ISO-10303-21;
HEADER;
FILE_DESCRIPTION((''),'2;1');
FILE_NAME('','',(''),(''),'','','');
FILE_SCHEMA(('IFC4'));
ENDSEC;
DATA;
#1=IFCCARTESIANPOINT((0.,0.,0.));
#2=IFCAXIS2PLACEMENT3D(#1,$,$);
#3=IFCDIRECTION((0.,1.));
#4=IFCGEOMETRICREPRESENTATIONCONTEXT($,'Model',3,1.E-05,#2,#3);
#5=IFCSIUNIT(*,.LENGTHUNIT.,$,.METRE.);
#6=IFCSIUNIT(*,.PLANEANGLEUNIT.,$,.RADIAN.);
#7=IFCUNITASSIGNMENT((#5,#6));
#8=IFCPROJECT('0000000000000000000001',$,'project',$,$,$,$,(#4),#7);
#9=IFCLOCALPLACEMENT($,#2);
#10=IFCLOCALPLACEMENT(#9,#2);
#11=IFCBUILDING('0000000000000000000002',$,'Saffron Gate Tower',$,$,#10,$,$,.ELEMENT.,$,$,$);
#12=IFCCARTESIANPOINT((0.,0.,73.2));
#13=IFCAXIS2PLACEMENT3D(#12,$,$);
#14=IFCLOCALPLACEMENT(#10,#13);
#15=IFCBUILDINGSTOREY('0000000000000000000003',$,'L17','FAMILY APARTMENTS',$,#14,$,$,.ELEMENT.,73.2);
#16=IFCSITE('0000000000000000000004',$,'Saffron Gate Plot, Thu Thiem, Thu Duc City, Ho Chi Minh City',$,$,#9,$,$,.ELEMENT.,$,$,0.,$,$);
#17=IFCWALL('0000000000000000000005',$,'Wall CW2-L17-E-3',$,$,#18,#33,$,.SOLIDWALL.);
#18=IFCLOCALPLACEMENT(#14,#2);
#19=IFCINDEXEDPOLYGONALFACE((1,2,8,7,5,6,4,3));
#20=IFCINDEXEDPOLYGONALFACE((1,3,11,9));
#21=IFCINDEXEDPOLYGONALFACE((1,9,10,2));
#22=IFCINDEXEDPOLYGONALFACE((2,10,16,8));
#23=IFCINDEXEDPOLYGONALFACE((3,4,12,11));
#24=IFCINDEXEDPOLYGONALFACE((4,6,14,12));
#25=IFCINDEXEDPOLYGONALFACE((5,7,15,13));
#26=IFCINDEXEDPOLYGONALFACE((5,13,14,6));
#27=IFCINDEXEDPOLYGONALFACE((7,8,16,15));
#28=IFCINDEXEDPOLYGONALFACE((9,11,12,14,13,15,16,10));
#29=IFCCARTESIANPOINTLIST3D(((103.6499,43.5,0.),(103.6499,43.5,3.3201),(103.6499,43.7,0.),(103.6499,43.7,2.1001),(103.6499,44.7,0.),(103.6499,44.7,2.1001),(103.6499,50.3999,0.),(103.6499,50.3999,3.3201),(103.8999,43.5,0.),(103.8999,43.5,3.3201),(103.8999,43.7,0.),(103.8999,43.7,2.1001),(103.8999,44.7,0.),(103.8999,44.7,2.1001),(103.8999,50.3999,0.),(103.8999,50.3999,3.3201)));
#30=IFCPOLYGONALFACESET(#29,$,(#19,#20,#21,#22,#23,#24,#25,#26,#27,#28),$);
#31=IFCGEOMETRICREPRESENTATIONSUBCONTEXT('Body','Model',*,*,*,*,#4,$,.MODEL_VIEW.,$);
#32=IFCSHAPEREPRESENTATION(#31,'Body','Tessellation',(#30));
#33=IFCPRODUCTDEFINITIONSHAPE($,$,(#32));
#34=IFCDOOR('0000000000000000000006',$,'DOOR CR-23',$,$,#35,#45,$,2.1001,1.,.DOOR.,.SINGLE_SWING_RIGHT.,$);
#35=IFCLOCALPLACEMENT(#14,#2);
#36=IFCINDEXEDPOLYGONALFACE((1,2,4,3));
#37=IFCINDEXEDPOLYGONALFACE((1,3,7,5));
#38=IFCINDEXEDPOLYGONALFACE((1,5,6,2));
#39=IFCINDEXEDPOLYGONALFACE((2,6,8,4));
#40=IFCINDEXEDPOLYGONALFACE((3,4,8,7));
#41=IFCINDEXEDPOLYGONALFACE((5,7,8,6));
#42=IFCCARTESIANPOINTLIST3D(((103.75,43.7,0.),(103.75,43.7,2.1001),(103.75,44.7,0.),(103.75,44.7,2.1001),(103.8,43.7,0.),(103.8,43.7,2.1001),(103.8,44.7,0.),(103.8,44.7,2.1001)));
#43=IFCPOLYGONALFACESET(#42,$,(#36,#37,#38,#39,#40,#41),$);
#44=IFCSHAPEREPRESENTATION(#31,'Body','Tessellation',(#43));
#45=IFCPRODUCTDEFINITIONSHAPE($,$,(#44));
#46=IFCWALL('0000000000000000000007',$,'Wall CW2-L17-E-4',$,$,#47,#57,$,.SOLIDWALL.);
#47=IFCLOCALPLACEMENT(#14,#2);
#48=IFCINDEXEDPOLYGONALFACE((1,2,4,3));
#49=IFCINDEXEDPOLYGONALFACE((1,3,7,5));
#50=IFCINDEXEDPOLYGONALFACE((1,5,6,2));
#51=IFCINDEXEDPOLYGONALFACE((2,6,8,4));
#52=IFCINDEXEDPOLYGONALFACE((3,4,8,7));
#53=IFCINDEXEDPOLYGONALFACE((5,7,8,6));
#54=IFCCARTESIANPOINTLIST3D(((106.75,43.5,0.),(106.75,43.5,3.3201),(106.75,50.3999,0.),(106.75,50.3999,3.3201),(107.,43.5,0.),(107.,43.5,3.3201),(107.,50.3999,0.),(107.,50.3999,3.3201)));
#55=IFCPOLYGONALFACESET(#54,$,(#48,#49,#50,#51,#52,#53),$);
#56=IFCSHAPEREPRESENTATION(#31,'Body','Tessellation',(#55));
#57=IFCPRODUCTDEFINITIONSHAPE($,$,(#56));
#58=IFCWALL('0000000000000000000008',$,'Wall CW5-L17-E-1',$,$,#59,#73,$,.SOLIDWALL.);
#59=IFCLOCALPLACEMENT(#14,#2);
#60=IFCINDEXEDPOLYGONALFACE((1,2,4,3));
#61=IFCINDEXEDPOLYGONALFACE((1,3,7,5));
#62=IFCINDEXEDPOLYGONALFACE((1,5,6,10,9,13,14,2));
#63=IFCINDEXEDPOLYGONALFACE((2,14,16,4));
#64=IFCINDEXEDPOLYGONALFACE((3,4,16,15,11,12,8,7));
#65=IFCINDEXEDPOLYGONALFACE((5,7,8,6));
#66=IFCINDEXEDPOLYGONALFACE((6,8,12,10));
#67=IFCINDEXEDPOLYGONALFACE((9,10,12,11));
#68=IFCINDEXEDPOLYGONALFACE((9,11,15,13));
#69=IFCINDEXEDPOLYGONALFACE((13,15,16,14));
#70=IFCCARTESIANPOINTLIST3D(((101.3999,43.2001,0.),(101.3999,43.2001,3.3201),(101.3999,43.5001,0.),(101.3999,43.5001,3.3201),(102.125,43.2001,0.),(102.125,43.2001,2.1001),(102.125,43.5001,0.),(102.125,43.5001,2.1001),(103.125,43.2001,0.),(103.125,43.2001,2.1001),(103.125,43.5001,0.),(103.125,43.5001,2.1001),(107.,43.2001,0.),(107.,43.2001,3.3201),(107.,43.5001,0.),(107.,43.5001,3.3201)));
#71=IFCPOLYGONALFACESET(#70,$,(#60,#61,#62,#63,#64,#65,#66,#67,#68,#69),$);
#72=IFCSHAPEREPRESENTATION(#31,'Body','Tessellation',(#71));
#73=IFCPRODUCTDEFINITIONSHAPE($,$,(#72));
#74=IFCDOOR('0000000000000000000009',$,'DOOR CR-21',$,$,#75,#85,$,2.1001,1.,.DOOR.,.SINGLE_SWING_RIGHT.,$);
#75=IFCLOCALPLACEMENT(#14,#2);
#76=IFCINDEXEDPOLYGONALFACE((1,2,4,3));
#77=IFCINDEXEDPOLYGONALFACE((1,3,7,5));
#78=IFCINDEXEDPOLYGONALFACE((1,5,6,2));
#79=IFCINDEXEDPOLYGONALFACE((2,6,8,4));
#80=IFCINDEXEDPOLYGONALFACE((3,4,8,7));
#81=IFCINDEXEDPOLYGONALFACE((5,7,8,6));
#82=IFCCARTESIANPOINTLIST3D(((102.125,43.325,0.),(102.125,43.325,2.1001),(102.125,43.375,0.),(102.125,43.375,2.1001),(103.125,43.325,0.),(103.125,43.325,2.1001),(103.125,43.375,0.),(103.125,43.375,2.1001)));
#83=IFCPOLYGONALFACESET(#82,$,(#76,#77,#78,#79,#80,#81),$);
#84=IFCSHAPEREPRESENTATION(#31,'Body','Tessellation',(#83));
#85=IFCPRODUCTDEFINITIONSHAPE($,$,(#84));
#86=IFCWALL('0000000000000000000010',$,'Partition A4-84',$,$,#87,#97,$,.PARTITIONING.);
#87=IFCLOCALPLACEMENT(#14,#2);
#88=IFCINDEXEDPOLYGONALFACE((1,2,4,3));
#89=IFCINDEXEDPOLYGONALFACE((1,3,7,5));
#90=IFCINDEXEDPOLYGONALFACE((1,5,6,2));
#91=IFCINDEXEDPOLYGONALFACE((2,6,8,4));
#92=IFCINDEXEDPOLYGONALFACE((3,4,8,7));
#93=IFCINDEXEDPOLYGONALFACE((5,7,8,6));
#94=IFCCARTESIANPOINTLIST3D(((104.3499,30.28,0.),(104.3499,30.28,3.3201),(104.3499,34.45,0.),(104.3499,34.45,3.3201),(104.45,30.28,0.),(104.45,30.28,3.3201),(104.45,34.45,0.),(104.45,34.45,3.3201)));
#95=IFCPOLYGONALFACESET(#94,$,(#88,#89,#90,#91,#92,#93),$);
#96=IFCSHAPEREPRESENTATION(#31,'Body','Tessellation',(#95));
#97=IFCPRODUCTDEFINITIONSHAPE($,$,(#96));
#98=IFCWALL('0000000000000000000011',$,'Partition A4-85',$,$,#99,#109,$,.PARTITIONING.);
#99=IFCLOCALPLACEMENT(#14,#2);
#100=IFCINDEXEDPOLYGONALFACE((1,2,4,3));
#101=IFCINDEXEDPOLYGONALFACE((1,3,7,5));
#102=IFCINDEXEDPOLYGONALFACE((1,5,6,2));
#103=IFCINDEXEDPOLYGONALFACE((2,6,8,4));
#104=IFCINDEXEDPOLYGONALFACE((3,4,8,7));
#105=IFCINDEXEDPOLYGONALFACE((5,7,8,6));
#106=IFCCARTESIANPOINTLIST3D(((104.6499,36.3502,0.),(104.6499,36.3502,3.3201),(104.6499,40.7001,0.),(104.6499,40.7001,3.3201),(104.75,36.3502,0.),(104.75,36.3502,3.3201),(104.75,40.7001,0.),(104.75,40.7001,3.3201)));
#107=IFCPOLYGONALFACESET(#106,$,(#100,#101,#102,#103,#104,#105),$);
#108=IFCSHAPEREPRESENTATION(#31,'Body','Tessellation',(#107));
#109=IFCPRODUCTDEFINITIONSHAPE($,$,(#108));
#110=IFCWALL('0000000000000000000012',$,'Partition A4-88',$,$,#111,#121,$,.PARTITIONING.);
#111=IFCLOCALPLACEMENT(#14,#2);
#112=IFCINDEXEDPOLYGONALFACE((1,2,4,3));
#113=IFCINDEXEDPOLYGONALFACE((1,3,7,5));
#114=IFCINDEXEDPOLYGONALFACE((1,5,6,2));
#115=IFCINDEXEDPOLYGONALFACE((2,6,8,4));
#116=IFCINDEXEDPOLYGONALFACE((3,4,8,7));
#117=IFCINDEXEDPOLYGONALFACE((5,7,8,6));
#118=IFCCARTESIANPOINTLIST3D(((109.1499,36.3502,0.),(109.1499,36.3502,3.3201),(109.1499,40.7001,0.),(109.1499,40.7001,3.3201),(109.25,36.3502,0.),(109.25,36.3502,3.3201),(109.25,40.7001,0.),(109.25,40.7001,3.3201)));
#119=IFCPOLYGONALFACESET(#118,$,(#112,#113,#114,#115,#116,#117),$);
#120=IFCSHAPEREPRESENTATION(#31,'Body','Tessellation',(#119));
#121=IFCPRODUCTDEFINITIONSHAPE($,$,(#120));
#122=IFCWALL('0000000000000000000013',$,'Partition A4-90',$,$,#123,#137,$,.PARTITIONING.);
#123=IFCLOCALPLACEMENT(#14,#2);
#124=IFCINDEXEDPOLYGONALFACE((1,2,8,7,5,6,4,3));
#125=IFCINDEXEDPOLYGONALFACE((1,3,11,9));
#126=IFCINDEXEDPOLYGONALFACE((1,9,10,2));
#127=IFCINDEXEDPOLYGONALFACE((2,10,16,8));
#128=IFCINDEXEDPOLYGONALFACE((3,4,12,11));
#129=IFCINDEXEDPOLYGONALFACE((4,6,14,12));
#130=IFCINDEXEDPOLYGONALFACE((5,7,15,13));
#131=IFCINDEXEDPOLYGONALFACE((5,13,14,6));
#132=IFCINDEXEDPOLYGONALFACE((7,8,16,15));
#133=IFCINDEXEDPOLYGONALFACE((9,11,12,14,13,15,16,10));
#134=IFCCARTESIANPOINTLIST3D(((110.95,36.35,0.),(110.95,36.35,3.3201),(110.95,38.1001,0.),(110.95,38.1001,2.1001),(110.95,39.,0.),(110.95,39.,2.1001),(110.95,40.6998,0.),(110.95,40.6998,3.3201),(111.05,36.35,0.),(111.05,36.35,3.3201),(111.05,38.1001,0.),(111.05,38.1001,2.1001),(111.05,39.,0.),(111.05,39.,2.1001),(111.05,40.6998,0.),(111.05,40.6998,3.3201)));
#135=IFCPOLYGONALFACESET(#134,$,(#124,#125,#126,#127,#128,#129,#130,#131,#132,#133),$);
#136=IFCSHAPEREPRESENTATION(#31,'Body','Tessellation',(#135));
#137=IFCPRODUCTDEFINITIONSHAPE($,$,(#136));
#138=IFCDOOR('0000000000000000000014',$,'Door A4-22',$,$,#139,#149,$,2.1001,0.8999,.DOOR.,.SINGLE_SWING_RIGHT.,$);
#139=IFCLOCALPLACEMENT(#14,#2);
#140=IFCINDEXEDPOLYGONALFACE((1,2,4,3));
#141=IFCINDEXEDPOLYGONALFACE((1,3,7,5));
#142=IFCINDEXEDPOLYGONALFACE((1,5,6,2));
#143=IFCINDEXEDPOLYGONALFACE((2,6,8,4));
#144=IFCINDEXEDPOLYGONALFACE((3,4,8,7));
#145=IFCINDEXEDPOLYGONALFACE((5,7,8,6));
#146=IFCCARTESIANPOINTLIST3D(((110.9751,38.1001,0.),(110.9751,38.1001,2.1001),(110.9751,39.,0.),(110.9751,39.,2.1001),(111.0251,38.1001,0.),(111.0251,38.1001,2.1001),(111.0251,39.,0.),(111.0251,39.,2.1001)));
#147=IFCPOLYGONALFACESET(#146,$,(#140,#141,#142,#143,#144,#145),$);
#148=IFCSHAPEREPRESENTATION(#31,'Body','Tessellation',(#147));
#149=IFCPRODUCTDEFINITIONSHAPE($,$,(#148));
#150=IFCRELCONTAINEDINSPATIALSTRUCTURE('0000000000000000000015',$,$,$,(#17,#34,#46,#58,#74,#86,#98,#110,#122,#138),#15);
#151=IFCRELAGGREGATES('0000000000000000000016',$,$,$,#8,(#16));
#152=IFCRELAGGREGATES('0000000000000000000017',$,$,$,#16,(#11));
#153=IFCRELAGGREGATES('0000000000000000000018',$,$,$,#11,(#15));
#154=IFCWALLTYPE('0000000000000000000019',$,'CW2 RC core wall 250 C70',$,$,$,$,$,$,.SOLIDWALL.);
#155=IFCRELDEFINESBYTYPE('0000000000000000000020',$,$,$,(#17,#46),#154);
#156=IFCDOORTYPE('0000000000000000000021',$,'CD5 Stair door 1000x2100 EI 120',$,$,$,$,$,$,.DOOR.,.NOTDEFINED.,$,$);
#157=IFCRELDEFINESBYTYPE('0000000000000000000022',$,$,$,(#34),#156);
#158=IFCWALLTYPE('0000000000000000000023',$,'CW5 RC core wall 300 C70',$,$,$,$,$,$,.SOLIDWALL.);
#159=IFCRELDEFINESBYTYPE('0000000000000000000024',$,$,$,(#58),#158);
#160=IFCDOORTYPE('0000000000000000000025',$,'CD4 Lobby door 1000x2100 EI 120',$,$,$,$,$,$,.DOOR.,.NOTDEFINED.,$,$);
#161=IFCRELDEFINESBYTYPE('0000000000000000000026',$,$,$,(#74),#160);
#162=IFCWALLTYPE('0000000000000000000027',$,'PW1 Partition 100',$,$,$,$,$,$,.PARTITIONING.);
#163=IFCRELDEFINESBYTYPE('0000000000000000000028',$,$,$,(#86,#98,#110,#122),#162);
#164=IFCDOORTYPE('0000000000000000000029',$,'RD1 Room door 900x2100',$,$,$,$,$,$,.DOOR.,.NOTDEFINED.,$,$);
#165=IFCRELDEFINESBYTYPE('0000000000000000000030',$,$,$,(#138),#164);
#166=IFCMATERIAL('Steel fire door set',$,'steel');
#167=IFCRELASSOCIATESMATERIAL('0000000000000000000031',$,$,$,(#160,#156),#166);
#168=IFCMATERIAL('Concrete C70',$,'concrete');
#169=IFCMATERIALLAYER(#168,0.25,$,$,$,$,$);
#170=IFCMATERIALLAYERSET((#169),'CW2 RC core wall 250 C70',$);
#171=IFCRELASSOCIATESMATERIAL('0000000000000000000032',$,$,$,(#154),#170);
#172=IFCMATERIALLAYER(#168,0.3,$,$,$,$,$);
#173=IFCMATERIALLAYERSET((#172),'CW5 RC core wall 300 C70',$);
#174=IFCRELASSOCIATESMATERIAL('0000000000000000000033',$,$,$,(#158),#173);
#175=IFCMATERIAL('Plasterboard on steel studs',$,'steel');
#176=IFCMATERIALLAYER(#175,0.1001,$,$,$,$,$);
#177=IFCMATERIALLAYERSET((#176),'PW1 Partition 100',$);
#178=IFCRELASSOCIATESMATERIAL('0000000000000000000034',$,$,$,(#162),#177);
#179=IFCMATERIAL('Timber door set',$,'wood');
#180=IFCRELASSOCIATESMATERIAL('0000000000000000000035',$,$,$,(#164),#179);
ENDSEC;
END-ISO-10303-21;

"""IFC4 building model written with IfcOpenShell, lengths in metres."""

from ifc_helpers import new_model, si_unit, direction, frame, frame_2d, origin, place, context, subcontext, project, spatial, rectangle, extrude, material, layer, layer_set, type_object, element, fill, save


model = new_model("IFC4")

# Units and contexts
model_context = context("Model", 3, precision=1e-05, world=origin(), true_north=direction((0.0, 1.0)))
body_context = subcontext(model_context, "Body", "Model", "MODEL_VIEW")
ifc_project = project(units=[si_unit("LENGTHUNIT", "METRE"), si_unit("PLANEANGLEUNIT", "RADIAN")], contexts=[model_context])

# Site, building, storey
site_placement = place(None, origin())
site = spatial("IfcSite", under=ifc_project, at=site_placement, Name="Saffron Gate Plot, Thu Thiem, Thu Duc City, Ho Chi Minh City", CompositionType="ELEMENT", RefElevation=0.0)
building_placement = place(site_placement, origin())
building = spatial("IfcBuilding", under=site, at=building_placement, Name="Saffron Gate Tower", CompositionType="ELEMENT")
storey_placement = place(building_placement, frame((0.0, 0.0, 73.2)))
storey = spatial("IfcBuildingStorey", under=building, at=storey_placement, Name="L17", Description="FAMILY APARTMENTS", CompositionType="ELEMENT", Elevation=73.2)

# Wall, opening, door
ifc_material_1 = material(Name="Steel fire door set", Category="steel")
door_type_1 = type_object("IfcDoorType", Name="CD4 Lobby door 1000x2100 EI 120", OperationType="NOTDEFINED", PredefinedType="DOOR", material=ifc_material_1)
ifc_material_2 = material(Name="Concrete C70", Category="concrete")
ifc_layer_1 = layer(ifc_material_2, 0.25)
ifc_layer_set_1 = layer_set([ifc_layer_1], Name="CW2 RC core wall 250 C70")
wall_type_1 = type_object("IfcWallType", Name="CW2 RC core wall 250 C70", PredefinedType="SOLIDWALL", material=ifc_layer_set_1)
wall_1_placement = place(storey_placement, frame((103.7749, 43.5, 0.0), z_axis=(0.0, 0.0, 1.0), x_axis=(0.0, 1.0, 0.0)))
wall_1 = element("IfcWall", 1, at=wall_1_placement, inside=storey, type_object=wall_type_1, Name="Wall CW2-L17-E-3", PredefinedType="SOLIDWALL", context=body_context, shape_type="SweptSolid", body=[
    extrude(rectangle(XDim=6.8999, YDim=0.25, at=frame_2d((3.45, 0.0))), origin(), (0.0, 0.0, 1.0), 3.3201),
])
opening_1_placement = place(wall_1_placement, frame((0.2, 0.0, 0.0)))
opening_1 = element("IfcOpeningElement", 2, at=opening_1_placement, cuts=wall_1, PredefinedType="OPENING", context=body_context, shape_type="SweptSolid", body=[
    extrude(rectangle(XDim=1.0, YDim=2.1001, at=frame_2d((0.5, 1.05))), frame((0.0, 0.135, 0.0), z_axis=(0.0, -1.0, 0.0), x_axis=(1.0, 0.0, 0.0)), (0.0, 0.0, 1.0), 0.27),
])
door_type_2 = type_object("IfcDoorType", Name="CD5 Stair door 1000x2100 EI 120", OperationType="NOTDEFINED", PredefinedType="DOOR", material=ifc_material_1)
door_1_placement = place(opening_1_placement, origin())
door_1 = element("IfcDoor", 3, at=door_1_placement, inside=storey, type_object=door_type_2, Name="DOOR CR-23", OperationType="SINGLE_SWING_RIGHT", OverallHeight=2.1001, OverallWidth=1.0, PredefinedType="DOOR", context=body_context, shape_type="SweptSolid", body=[
    extrude(rectangle(XDim=1.0, YDim=2.1001, at=frame_2d((0.5, 1.05))), frame((0.0, 0.0249, 0.0), z_axis=(0.0, -1.0, 0.0), x_axis=(1.0, 0.0, 0.0)), (0.0, 0.0, 1.0), 0.05),
])
fill(opening_1, door_1)

# Wall
wall_2_placement = place(storey_placement, frame((106.875, 43.5, 0.0), z_axis=(0.0, 0.0, 1.0), x_axis=(0.0, 1.0, 0.0)))
element("IfcWall", 4, at=wall_2_placement, inside=storey, type_object=wall_type_1, Name="Wall CW2-L17-E-4", PredefinedType="SOLIDWALL", context=body_context, shape_type="SweptSolid", body=[
    extrude(rectangle(XDim=6.8999, YDim=0.25, at=frame_2d((3.45, 0.0))), origin(), (0.0, 0.0, 1.0), 3.3201),
])

# Wall, opening, door
ifc_layer_2 = layer(ifc_material_2, 0.3)
ifc_layer_set_2 = layer_set([ifc_layer_2], Name="CW5 RC core wall 300 C70")
wall_type_2 = type_object("IfcWallType", Name="CW5 RC core wall 300 C70", PredefinedType="SOLIDWALL", material=ifc_layer_set_2)
wall_3_placement = place(storey_placement, frame((101.3999, 43.3501, 0.0), z_axis=(0.0, 0.0, 1.0), x_axis=(1.0, 0.0, 0.0)))
wall_3 = element("IfcWall", 5, at=wall_3_placement, inside=storey, type_object=wall_type_2, Name="Wall CW5-L17-E-1", PredefinedType="SOLIDWALL", context=body_context, shape_type="SweptSolid", body=[
    extrude(rectangle(XDim=5.6001, YDim=0.3, at=frame_2d((2.8, 0.0))), origin(), (0.0, 0.0, 1.0), 3.3201),
])
opening_2_placement = place(wall_3_placement, frame((0.7251, 0.0, 0.0)))
opening_2 = element("IfcOpeningElement", 6, at=opening_2_placement, cuts=wall_3, PredefinedType="OPENING", context=body_context, shape_type="SweptSolid", body=[
    extrude(rectangle(XDim=1.0, YDim=2.1001, at=frame_2d((0.5, 1.05))), frame((0.0, 0.1602, 0.0), z_axis=(0.0, -1.0, 0.0), x_axis=(1.0, 0.0, 0.0)), (0.0, 0.0, 1.0), 0.3201),
])
door_2_placement = place(opening_2_placement, origin())
door_2 = element("IfcDoor", 7, at=door_2_placement, inside=storey, type_object=door_type_1, Name="DOOR CR-21", OperationType="SINGLE_SWING_RIGHT", OverallHeight=2.1001, OverallWidth=1.0, PredefinedType="DOOR", context=body_context, shape_type="SweptSolid", body=[
    extrude(rectangle(XDim=1.0, YDim=2.1001, at=frame_2d((0.5, 1.05))), frame((0.0, 0.0249, 0.0), z_axis=(0.0, -1.0, 0.0), x_axis=(1.0, 0.0, 0.0)), (0.0, 0.0, 1.0), 0.05),
])
fill(opening_2, door_2)

# Walls
ifc_material_3 = material(Name="Plasterboard on steel studs", Category="steel")
ifc_layer_3 = layer(ifc_material_3, 0.1001)
ifc_layer_set_3 = layer_set([ifc_layer_3], Name="PW1 Partition 100")
wall_type_3 = type_object("IfcWallType", Name="PW1 Partition 100", PredefinedType="PARTITIONING", material=ifc_layer_set_3)
wall_4_placement = place(storey_placement, frame((104.3999, 34.45, 0.0), z_axis=(0.0, 0.0, 1.0), x_axis=(0.0, -1.0, 0.0)))
element("IfcWall", 8, at=wall_4_placement, inside=storey, type_object=wall_type_3, Name="Partition A4-84", PredefinedType="PARTITIONING", context=body_context, shape_type="SweptSolid", body=[
    extrude(rectangle(XDim=4.1699, YDim=0.1001, at=frame_2d((2.085, 0.0))), origin(), (0.0, 0.0, 1.0), 3.3201),
])
for number, where, z_axis, x_axis, name in (
    (9, (104.7, 40.7, 0.0), (0.0, 0.0, 1.0), (0.0, -1.0, 0.0), "Partition A4-85"),
    (10, (109.2, 40.7, 0.0), (0.0, 0.0, 1.0), (0.0, -1.0, 0.0), "Partition A4-88"),
):
    element("IfcWall", number, at=place(storey_placement, frame(where, z_axis=z_axis, x_axis=x_axis)), inside=storey, type_object=wall_type_3, Name=name, PredefinedType="PARTITIONING", context=body_context, shape_type="SweptSolid", body=[
        extrude(rectangle(XDim=4.3499, YDim=0.1001, at=frame_2d((2.1748, 0.0))), origin(), (0.0, 0.0, 1.0), 3.3201),
    ])

# Wall, opening, door
wall_5_placement = place(storey_placement, frame((111.0, 36.3501, 0.0), z_axis=(0.0, 0.0, 1.0), x_axis=(0.0, 1.0, 0.0)))
wall_5 = element("IfcWall", 11, at=wall_5_placement, inside=storey, type_object=wall_type_3, Name="Partition A4-90", PredefinedType="PARTITIONING", context=body_context, shape_type="SweptSolid", body=[
    extrude(rectangle(XDim=4.3499, YDim=0.1001, at=frame_2d((2.1748, 0.0))), origin(), (0.0, 0.0, 1.0), 3.3201),
])
opening_3_placement = place(wall_5_placement, frame((1.75, 0.0, 0.0)))
opening_3 = element("IfcOpeningElement", 12, at=opening_3_placement, cuts=wall_5, PredefinedType="OPENING", context=body_context, shape_type="SweptSolid", body=[
    extrude(rectangle(XDim=0.8999, YDim=2.1001, at=frame_2d((0.45, 1.05))), frame((0.0, 0.0601, 0.0), z_axis=(0.0, -1.0, 0.0), x_axis=(1.0, 0.0, 0.0)), (0.0, 0.0, 1.0), 0.1201),
])
ifc_material_4 = material(Name="Timber door set", Category="wood")
door_type_3 = type_object("IfcDoorType", Name="RD1 Room door 900x2100", OperationType="NOTDEFINED", PredefinedType="DOOR", material=ifc_material_4)
door_3_placement = place(opening_3_placement, origin())
door_3 = element("IfcDoor", 13, at=door_3_placement, inside=storey, type_object=door_type_3, Name="Door A4-22", OperationType="SINGLE_SWING_RIGHT", OverallHeight=2.1001, OverallWidth=0.8999, PredefinedType="DOOR", context=body_context, shape_type="SweptSolid", body=[
    extrude(rectangle(XDim=0.8999, YDim=2.1001, at=frame_2d((0.45, 1.05))), frame((0.0, 0.0249, 0.0), z_axis=(0.0, -1.0, 0.0), x_axis=(1.0, 0.0, 0.0)), (0.0, 0.0, 1.0), 0.05),
])
fill(opening_3, door_3)

save(model, "model.ifc")
